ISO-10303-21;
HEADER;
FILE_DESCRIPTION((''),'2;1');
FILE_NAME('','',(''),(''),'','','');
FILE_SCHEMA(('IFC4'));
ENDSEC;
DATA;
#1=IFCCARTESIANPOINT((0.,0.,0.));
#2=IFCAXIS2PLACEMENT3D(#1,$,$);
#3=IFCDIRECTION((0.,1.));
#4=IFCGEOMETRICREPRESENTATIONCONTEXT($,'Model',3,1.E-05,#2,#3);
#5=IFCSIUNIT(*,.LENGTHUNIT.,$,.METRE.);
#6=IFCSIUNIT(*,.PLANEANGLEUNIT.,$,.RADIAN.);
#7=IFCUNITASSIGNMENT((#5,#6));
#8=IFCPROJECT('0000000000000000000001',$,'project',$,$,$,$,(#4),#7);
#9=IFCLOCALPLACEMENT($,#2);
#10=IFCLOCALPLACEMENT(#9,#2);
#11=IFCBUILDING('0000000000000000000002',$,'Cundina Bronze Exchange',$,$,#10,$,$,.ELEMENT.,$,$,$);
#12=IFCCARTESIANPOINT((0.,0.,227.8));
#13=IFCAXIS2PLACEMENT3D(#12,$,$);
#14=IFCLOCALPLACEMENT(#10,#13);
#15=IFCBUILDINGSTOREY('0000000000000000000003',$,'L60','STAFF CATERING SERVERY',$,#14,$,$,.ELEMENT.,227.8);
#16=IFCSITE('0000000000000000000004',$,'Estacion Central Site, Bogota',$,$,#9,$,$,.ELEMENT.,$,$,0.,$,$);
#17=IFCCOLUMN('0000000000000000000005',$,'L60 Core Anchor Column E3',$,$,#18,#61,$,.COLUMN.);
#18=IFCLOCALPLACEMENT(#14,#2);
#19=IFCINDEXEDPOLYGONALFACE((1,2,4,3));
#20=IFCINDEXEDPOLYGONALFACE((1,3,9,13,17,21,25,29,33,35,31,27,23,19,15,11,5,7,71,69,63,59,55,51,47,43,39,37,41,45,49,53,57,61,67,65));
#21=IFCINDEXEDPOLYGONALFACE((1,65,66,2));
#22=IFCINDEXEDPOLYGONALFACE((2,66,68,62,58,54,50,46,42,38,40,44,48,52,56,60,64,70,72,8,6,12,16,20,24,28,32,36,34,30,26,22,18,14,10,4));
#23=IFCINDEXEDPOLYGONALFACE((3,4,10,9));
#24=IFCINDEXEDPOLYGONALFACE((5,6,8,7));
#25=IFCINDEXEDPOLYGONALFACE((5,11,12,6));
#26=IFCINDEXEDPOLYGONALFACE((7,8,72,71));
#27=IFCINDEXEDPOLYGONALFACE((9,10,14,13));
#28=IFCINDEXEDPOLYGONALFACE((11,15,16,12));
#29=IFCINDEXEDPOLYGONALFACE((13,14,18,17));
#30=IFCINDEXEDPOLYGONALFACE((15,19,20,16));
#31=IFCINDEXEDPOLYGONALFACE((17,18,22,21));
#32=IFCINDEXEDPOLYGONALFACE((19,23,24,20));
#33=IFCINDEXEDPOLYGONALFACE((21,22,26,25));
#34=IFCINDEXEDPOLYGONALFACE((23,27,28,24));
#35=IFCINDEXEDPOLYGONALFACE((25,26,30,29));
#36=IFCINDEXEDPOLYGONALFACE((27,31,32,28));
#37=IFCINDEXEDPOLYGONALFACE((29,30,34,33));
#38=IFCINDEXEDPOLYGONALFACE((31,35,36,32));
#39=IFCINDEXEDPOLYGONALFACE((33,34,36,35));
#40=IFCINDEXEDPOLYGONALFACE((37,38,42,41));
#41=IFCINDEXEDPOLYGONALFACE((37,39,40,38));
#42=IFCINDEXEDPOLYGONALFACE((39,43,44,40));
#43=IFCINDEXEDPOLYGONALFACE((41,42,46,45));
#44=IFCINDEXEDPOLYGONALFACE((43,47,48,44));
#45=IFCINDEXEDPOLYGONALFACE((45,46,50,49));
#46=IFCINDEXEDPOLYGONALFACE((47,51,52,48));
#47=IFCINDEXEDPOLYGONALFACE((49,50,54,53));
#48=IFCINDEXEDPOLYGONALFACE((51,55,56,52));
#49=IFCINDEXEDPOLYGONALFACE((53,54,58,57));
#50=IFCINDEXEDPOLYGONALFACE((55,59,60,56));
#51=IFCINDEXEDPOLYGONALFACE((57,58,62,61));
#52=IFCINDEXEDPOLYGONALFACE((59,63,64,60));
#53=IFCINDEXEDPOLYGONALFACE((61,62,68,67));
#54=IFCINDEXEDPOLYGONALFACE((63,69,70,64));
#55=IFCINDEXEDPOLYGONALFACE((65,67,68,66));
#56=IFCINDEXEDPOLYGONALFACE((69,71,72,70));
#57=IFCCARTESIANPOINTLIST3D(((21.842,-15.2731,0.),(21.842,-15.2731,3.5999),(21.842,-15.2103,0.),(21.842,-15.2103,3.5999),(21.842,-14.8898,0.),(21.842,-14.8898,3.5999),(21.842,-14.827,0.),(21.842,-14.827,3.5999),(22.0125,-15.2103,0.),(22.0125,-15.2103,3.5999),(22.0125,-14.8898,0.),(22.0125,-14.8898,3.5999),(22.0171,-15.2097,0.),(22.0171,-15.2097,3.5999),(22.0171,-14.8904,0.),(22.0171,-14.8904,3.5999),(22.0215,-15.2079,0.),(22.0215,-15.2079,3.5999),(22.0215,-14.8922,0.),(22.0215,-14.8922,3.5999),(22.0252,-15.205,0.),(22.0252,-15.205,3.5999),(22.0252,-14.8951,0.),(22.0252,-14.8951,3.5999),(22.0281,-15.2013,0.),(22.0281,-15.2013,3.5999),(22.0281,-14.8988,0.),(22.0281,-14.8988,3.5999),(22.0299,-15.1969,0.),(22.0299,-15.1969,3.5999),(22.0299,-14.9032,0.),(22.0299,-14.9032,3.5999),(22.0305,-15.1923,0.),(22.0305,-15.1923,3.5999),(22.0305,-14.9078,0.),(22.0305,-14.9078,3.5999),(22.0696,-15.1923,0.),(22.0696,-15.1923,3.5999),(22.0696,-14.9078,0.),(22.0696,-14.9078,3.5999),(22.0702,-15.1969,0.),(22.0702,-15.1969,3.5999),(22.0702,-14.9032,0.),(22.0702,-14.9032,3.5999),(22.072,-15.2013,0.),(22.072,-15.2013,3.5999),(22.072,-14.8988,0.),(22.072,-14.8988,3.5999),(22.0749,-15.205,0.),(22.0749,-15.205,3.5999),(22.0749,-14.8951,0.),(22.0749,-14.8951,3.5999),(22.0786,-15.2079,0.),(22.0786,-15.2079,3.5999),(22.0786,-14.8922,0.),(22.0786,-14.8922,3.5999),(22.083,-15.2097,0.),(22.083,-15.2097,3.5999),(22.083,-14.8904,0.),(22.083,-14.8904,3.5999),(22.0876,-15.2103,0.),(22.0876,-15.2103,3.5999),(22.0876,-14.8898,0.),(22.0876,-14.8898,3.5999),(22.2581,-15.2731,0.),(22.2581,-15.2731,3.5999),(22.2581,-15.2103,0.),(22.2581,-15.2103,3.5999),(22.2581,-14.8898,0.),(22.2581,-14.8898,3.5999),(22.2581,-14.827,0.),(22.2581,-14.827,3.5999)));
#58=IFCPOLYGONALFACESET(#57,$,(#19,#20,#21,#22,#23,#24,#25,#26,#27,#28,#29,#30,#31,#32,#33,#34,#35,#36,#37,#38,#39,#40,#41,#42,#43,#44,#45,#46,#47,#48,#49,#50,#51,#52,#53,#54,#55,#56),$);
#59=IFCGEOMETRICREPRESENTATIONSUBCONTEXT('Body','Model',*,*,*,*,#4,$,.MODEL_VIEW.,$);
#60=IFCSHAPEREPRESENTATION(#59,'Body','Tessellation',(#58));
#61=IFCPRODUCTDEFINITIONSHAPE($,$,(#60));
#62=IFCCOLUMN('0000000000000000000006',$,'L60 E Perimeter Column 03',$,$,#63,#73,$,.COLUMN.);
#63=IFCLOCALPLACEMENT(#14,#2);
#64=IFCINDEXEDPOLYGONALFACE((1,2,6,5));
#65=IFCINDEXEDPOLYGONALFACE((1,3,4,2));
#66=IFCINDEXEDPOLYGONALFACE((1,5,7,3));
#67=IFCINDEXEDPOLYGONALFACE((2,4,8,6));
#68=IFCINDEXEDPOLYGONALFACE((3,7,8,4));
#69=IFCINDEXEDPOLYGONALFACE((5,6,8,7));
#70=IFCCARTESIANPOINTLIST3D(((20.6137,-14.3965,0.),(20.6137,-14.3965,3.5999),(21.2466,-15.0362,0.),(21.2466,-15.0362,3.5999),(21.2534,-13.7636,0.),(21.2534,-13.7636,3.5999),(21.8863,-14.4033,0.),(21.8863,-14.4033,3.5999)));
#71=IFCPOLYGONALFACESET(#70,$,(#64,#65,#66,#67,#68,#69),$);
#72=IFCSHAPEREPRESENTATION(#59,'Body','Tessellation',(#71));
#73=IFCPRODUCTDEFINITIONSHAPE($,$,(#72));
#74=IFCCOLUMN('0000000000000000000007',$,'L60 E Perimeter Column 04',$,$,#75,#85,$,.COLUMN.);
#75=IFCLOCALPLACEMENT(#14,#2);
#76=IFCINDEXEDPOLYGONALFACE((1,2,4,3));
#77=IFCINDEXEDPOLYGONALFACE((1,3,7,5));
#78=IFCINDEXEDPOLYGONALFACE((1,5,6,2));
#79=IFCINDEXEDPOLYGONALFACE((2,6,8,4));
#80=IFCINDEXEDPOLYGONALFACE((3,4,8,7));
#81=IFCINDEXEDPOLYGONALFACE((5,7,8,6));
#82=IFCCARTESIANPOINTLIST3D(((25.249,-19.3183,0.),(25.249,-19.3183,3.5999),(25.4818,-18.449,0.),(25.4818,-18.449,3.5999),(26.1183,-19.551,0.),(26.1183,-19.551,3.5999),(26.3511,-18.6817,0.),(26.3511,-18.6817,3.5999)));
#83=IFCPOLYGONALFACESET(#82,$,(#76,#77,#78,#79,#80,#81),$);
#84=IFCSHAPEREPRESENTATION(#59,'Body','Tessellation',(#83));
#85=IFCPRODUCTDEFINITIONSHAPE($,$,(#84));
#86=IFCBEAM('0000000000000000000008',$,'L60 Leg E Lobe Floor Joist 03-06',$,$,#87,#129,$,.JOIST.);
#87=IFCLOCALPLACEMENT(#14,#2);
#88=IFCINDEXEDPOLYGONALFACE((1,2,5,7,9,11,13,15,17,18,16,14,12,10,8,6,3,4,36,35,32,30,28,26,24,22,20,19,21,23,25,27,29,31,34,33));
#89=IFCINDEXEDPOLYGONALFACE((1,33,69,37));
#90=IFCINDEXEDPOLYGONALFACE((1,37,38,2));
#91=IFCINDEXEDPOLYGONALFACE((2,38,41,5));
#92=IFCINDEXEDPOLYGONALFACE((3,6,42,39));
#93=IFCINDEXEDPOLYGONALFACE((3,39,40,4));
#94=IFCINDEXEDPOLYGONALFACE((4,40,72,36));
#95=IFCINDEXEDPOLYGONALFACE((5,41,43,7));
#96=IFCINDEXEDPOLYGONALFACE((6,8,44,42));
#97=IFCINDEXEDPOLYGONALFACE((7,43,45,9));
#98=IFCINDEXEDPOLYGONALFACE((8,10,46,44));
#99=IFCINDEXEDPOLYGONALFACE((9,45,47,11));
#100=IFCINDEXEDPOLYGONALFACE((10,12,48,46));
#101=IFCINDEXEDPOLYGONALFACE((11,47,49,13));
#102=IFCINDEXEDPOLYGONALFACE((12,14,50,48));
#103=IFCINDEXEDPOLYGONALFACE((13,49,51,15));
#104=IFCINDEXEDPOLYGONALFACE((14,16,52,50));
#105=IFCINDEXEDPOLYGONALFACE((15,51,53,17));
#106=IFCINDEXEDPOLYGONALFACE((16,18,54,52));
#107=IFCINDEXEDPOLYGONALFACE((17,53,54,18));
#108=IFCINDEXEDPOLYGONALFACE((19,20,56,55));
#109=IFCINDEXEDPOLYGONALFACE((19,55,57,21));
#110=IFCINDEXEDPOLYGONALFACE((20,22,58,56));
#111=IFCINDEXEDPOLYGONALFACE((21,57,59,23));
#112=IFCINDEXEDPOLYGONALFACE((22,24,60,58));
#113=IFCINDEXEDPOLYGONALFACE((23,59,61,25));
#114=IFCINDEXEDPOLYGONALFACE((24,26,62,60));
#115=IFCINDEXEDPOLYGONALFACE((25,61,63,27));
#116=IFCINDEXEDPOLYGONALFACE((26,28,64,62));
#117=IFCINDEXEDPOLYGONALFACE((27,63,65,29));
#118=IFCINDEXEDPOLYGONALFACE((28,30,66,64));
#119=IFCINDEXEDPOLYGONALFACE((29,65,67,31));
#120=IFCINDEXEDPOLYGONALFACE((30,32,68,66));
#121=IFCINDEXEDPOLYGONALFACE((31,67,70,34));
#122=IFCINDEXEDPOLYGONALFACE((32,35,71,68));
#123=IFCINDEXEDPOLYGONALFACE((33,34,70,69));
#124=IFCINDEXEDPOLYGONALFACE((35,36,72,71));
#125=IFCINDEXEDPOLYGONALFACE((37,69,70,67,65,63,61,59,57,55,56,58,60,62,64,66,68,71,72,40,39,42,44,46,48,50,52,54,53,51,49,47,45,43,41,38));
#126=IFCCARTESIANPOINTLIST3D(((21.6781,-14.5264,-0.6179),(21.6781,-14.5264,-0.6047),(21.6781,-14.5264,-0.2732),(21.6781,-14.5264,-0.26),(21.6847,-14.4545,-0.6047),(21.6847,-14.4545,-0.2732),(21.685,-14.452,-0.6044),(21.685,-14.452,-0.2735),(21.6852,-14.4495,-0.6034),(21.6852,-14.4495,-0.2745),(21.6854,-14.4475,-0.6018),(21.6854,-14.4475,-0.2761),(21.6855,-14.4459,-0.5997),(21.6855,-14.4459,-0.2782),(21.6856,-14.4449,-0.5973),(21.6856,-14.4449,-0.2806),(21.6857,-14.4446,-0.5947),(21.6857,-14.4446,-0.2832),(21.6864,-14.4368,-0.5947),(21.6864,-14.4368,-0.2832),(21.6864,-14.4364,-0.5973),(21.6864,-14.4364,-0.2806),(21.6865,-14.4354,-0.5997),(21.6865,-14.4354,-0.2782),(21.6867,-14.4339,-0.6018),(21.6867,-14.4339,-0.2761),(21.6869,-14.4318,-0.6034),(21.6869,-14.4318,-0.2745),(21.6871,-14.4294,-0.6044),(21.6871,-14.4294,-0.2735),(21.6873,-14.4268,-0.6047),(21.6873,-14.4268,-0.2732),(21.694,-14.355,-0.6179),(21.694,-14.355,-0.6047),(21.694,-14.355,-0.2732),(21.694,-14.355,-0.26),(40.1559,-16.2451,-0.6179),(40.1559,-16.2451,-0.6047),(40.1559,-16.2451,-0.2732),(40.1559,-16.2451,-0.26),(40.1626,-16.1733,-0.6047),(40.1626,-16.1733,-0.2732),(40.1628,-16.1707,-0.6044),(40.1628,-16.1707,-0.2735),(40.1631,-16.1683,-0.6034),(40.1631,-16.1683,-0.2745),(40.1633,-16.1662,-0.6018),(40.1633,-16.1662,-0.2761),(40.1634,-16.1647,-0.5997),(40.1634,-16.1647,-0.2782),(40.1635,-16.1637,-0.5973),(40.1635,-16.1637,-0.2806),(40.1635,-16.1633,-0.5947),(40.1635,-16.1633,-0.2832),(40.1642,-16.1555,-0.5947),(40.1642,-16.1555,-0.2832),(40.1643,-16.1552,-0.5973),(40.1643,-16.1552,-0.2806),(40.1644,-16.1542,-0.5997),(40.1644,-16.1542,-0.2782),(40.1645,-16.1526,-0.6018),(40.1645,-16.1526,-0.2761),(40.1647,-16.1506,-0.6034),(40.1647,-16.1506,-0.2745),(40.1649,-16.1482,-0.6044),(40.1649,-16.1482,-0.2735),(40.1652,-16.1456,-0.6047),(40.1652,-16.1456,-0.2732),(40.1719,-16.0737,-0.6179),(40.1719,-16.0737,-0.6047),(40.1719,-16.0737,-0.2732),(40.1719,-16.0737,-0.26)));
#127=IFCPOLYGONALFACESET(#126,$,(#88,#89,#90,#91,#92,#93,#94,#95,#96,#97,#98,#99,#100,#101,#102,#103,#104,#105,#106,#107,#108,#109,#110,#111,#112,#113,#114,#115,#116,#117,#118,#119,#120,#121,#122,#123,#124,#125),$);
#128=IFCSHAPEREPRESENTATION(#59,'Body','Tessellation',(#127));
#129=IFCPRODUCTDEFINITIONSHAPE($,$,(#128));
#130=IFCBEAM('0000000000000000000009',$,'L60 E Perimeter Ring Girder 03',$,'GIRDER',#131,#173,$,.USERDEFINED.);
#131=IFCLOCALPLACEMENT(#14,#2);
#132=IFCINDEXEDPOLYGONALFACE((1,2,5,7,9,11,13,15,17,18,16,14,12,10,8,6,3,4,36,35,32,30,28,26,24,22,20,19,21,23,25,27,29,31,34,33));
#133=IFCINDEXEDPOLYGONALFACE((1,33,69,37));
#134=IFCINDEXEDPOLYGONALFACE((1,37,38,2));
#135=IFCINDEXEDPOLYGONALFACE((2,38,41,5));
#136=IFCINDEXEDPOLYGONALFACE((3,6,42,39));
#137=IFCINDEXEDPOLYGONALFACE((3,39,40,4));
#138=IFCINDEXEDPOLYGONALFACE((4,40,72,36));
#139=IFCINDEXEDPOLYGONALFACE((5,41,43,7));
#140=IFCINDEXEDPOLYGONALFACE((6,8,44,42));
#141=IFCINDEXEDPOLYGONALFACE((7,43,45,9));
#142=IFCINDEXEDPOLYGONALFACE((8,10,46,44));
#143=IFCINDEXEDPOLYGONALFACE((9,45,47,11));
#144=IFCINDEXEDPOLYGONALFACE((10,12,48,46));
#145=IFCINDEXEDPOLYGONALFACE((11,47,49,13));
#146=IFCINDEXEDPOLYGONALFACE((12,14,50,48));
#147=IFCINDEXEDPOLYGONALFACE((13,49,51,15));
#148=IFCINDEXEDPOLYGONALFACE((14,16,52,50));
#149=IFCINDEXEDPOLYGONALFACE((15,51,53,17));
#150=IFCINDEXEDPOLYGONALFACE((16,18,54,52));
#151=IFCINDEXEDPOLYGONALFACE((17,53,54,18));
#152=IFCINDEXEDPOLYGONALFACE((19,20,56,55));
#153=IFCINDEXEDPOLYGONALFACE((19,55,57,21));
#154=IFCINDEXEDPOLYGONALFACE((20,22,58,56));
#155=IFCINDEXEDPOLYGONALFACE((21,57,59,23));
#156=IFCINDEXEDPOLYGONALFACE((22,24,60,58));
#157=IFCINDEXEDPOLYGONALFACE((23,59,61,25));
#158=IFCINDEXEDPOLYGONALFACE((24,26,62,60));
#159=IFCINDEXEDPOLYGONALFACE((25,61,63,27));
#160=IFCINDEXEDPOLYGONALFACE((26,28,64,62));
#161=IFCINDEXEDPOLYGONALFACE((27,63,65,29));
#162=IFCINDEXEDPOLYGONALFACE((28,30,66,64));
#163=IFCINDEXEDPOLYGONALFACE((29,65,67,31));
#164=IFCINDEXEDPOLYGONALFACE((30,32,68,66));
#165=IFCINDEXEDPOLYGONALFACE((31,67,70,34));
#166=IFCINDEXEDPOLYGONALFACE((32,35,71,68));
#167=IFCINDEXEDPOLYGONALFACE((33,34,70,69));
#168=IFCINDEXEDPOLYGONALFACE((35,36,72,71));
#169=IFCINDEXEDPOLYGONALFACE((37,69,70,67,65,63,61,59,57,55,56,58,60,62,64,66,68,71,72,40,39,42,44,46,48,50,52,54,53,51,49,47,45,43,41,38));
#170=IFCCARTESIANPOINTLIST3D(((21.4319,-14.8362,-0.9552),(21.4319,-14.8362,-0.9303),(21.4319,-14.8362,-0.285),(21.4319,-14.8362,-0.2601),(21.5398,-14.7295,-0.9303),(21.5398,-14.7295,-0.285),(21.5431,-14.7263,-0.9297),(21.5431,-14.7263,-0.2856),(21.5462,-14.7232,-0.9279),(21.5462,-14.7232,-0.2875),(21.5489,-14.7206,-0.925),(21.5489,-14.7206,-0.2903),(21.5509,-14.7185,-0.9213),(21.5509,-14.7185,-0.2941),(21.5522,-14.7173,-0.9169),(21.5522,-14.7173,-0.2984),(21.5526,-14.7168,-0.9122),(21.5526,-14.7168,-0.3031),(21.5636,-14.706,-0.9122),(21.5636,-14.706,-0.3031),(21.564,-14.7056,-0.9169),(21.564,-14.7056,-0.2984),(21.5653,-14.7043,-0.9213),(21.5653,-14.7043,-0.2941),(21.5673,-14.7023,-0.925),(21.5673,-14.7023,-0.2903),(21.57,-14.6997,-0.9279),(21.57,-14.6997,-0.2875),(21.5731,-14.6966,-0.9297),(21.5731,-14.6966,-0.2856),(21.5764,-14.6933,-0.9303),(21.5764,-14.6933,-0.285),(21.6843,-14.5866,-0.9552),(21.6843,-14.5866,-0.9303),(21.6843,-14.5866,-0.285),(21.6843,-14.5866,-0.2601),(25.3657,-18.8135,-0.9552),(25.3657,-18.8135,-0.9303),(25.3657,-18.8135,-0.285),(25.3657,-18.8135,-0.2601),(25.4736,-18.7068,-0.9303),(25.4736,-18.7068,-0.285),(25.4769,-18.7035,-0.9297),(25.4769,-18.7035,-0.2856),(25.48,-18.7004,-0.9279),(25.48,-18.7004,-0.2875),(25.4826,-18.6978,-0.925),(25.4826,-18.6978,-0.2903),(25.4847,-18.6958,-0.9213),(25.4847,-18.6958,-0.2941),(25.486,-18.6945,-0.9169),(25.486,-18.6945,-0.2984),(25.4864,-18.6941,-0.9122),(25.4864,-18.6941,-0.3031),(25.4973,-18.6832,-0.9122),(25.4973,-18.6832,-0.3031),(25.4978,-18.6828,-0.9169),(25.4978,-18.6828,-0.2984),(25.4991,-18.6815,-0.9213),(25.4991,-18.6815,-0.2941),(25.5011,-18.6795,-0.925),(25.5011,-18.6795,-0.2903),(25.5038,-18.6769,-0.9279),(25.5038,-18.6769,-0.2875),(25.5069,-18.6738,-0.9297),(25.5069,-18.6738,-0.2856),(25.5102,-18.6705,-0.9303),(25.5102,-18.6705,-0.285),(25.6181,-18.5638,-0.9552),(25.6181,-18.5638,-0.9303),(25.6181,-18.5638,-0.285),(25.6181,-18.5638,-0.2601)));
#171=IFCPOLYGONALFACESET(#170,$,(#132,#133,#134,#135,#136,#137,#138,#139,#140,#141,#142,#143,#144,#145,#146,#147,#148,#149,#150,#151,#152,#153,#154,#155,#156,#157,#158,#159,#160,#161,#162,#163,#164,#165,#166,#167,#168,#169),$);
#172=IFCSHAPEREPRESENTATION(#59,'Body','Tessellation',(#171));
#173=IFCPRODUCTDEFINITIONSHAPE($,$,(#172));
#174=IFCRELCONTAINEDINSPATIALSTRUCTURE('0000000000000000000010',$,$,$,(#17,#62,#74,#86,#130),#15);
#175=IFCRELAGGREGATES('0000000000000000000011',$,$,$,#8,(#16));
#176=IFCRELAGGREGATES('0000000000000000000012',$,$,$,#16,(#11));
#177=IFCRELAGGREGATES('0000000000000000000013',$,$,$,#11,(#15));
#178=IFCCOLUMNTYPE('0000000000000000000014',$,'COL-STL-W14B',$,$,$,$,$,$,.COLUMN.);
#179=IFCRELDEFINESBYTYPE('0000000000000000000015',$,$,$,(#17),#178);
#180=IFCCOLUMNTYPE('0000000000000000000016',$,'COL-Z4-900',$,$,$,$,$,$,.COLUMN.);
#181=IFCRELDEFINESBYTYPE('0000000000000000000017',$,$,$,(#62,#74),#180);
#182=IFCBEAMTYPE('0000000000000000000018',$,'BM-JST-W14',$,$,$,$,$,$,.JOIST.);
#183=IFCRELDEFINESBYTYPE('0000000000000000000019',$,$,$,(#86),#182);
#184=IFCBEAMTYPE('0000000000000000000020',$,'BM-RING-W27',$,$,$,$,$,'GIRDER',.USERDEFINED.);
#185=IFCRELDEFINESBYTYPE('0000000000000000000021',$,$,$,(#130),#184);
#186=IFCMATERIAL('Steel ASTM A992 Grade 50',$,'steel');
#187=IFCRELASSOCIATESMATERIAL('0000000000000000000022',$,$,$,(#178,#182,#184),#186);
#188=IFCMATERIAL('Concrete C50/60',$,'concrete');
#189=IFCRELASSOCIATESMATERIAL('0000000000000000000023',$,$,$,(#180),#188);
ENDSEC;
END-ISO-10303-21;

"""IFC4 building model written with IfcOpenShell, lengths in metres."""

from ifc_helpers import new_model, si_unit, direction, frame, origin, origin_2d, place, context, subcontext, project, spatial, rectangle, i_section, extrude, material, material_profile, profile_set, type_object, element, save


model = new_model("IFC4")

# Units and contexts
model_context = context("Model", 3, precision=1e-05, world=origin(), true_north=direction((0.0, 1.0)))
body_context = subcontext(model_context, "Body", "Model", "MODEL_VIEW")
ifc_project = project(units=[si_unit("LENGTHUNIT", "METRE"), si_unit("PLANEANGLEUNIT", "RADIAN")], contexts=[model_context])

# Site, building, storey
site_placement = place(None, origin())
site = spatial("IfcSite", under=ifc_project, at=site_placement, Name="Estacion Central Site, Bogota", CompositionType="ELEMENT", RefElevation=0.0)
building_placement = place(site_placement, origin())
building = spatial("IfcBuilding", under=site, at=building_placement, Name="Cundina Bronze Exchange", CompositionType="ELEMENT")
storey_placement = place(building_placement, frame((0.0, 0.0, 227.8)))
storey = spatial("IfcBuildingStorey", under=building, at=storey_placement, Name="L60", Description="STAFF CATERING SERVERY", CompositionType="ELEMENT", Elevation=227.8)

# Columns
ifc_material_1 = material(Name="Steel ASTM A992 Grade 50", Category="steel")
ifc_material_profile_1 = material_profile(ifc_material_1, i_section(OverallWidth=0.416, OverallDepth=0.446, WebThickness=0.0391, FlangeThickness=0.0627, FilletRadius=0.0181, at=origin_2d()), Name="W14X342", Category="steel")
ifc_profile_set_1 = profile_set([ifc_material_profile_1], Name="Steel ASTM A992 Grade 50")
column_type_1 = type_object("IfcColumnType", Name="COL-STL-W14B", PredefinedType="COLUMN", material=ifc_profile_set_1)
column_placement = place(storey_placement, frame((22.05, -15.05, 0.0), z_axis=(0.0, 0.0, 1.0), x_axis=(1.0, 0.0, 0.0)))
element("IfcColumn", 1, at=column_placement, inside=storey, type_object=column_type_1, Name="L60 Core Anchor Column E3", PredefinedType="COLUMN", context=body_context, shape_type="SweptSolid", body=[
    extrude(i_section(OverallWidth=0.416, OverallDepth=0.446, WebThickness=0.0391, FlangeThickness=0.0627, FilletRadius=0.0181, at=origin_2d()), origin(), (0.0, 0.0, 1.0), 3.5999),
])
ifc_material_2 = material(Name="Concrete C50/60", Category="concrete")
ifc_material_profile_2 = material_profile(ifc_material_2, rectangle(XDim=0.8999, YDim=0.8999, at=origin_2d()), Name="RC900X900", Category="concrete")
ifc_profile_set_2 = profile_set([ifc_material_profile_2], Name="Concrete C50/60")
column_type_2 = type_object("IfcColumnType", Name="COL-Z4-900", PredefinedType="COLUMN", material=ifc_profile_set_2)
for number, where, z_axis, x_axis, name in (
    (2, (21.25, -14.3999, 0.0), (0.0, 0.0, 1.0), (0.703271, -0.710922, 0.0), "L60 E Perimeter Column 03"),
    (3, (25.8, -19.0, 0.0), (0.0, 0.0, 1.0), (0.965971, -0.25865, 0.0), "L60 E Perimeter Column 04"),
):
    element("IfcColumn", number, at=place(storey_placement, frame(where, z_axis=z_axis, x_axis=x_axis)), inside=storey, type_object=column_type_2, Name=name, PredefinedType="COLUMN", context=body_context, shape_type="SweptSolid", body=[
        extrude(rectangle(XDim=0.8999, YDim=0.8999, at=origin_2d()), origin(), (0.0, 0.0, 1.0), 3.5999),
    ])

# Beams
ifc_material_profile_3 = material_profile(ifc_material_1, i_section(OverallWidth=0.1721, OverallDepth=0.3579, WebThickness=0.0078, FlangeThickness=0.0132, FilletRadius=0.01, at=origin_2d()), Name="W14X38", Category="steel")
ifc_profile_set_3 = profile_set([ifc_material_profile_3], Name="Steel ASTM A992 Grade 50")
beam_type_1 = type_object("IfcBeamType", Name="BM-JST-W14", PredefinedType="JOIST", material=ifc_profile_set_3)
beam_1_placement = place(storey_placement, frame((21.686, -14.4407, -0.439), z_axis=(0.995702, -0.092617, 0.0), x_axis=(0.092617, 0.995702, 0.0)))
element("IfcBeam", 4, at=beam_1_placement, inside=storey, type_object=beam_type_1, Name="L60 Leg E Lobe Floor Joist 03-06", PredefinedType="JOIST", context=body_context, shape_type="SweptSolid", body=[
    extrude(i_section(OverallWidth=0.1721, OverallDepth=0.3579, WebThickness=0.0078, FlangeThickness=0.0132, FilletRadius=0.01, at=origin_2d()), origin(), (0.0, 0.0, 1.0), 18.5576),
])
ifc_material_profile_4 = material_profile(ifc_material_1, i_section(OverallWidth=0.355, OverallDepth=0.6951, WebThickness=0.0154, FlangeThickness=0.0249, FilletRadius=0.0181, at=origin_2d()), Name="W27X146", Category="steel")
ifc_profile_set_4 = profile_set([ifc_material_profile_4], Name="Steel ASTM A992 Grade 50")
beam_type_2 = type_object("IfcBeamType", Name="BM-RING-W27", ElementType="GIRDER", PredefinedType="USERDEFINED", material=ifc_profile_set_4)
beam_2_placement = place(storey_placement, frame((21.5581, -14.7114, -0.6077), z_axis=(0.703212, -0.71098, 0.0), x_axis=(0.71098, 0.703212, 0.0)))
element("IfcBeam", 5, at=beam_2_placement, inside=storey, type_object=beam_type_2, Name="L60 E Perimeter Ring Girder 03", ObjectType="GIRDER", PredefinedType="USERDEFINED", context=body_context, shape_type="SweptSolid", body=[
    extrude(i_section(OverallWidth=0.355, OverallDepth=0.6951, WebThickness=0.0154, FlangeThickness=0.0249, FilletRadius=0.0181, at=origin_2d()), origin(), (0.0, 0.0, 1.0), 5.594),
])

save(model, "model.ifc")
